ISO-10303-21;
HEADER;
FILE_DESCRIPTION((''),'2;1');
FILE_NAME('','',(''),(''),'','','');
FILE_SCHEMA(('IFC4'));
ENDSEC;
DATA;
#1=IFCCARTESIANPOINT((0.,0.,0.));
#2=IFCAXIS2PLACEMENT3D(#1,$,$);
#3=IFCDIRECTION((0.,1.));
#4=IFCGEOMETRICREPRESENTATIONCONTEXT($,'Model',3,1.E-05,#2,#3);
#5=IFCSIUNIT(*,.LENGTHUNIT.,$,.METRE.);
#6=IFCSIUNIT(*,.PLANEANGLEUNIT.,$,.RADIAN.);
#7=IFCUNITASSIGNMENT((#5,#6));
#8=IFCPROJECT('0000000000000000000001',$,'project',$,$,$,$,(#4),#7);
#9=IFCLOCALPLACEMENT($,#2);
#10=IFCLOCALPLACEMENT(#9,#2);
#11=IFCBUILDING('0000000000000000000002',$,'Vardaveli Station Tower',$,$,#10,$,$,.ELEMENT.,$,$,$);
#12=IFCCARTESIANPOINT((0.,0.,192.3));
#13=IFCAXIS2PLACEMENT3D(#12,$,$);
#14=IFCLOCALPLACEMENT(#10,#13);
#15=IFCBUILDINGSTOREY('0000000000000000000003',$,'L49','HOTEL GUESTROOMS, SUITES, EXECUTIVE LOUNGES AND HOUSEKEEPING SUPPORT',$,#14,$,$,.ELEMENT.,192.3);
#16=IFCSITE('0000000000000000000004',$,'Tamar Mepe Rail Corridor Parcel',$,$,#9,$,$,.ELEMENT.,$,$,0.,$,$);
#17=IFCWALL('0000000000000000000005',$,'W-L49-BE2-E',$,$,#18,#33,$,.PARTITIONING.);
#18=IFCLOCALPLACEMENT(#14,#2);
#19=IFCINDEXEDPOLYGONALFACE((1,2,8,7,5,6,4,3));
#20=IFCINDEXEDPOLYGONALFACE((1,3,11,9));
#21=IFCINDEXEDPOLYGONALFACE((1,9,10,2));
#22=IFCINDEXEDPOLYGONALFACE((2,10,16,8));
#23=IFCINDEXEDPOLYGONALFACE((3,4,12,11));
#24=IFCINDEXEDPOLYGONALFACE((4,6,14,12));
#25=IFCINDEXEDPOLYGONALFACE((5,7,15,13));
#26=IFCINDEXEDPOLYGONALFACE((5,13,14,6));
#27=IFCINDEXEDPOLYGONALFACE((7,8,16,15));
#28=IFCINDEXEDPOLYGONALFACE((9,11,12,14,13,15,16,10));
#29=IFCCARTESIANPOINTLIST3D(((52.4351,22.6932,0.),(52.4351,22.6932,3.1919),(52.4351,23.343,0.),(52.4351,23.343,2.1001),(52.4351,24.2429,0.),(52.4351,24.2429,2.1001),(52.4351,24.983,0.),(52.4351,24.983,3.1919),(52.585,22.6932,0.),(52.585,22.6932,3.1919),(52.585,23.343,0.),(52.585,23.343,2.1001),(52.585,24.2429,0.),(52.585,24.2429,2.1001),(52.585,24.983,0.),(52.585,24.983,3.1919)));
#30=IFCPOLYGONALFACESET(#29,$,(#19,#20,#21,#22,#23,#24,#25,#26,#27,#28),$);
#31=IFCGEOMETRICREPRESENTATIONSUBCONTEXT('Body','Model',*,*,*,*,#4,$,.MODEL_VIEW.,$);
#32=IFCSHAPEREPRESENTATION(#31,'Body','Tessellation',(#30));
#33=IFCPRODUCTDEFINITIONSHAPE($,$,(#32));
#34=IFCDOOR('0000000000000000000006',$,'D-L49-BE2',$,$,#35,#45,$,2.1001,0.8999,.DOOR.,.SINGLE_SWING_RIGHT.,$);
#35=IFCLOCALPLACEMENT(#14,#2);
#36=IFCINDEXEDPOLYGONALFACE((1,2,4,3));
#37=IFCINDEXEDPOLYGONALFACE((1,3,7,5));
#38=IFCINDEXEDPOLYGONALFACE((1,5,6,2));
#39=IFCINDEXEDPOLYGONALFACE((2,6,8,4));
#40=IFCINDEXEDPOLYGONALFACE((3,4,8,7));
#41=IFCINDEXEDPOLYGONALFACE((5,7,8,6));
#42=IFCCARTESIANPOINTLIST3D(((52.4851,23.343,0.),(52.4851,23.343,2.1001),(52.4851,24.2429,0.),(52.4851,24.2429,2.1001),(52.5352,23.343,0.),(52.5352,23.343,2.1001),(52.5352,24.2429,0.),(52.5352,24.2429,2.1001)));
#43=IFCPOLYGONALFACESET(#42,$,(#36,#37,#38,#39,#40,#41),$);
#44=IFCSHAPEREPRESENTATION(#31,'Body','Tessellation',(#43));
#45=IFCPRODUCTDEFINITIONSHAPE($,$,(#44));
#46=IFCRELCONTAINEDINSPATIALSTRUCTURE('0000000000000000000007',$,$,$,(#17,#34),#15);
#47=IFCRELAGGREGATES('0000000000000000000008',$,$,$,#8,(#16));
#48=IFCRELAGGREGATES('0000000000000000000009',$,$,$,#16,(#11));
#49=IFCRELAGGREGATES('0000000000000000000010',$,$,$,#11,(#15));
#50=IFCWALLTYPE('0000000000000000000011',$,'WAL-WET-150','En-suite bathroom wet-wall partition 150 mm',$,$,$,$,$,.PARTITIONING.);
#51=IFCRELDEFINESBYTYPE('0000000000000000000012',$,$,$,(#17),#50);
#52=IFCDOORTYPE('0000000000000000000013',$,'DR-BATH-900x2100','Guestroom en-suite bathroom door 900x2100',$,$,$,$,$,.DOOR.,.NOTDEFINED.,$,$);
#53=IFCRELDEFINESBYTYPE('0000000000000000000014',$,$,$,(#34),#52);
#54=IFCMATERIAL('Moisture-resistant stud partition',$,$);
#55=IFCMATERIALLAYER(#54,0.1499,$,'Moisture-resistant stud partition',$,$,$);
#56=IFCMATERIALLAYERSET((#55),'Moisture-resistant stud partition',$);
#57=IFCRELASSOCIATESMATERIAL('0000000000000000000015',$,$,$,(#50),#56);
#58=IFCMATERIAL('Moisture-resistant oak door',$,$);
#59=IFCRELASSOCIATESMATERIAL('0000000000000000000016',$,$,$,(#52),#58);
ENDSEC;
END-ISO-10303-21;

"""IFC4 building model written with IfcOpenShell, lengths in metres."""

from ifc_helpers import new_model, si_unit, direction, frame, frame_2d, origin, place, context, subcontext, project, spatial, rectangle, extrude, source, transform, mapped, material, layer, layer_set, type_object, element, fill, save


model = new_model("IFC4")

# Units and contexts
model_context = context("Model", 3, precision=1e-05, world=origin(), true_north=direction((0.0, 1.0)))
body_context = subcontext(model_context, "Body", "Model", "MODEL_VIEW")
ifc_project = project(units=[si_unit("LENGTHUNIT", "METRE"), si_unit("PLANEANGLEUNIT", "RADIAN")], contexts=[model_context])

# Site, building, storey
site_placement = place(None, origin())
site = spatial("IfcSite", under=ifc_project, at=site_placement, Name="Tamar Mepe Rail Corridor Parcel", CompositionType="ELEMENT", RefElevation=0.0)
building_placement = place(site_placement, origin())
building = spatial("IfcBuilding", under=site, at=building_placement, Name="Vardaveli Station Tower", CompositionType="ELEMENT")
storey_placement = place(building_placement, frame((0.0, 0.0, 192.3)))
storey = spatial("IfcBuildingStorey", under=building, at=storey_placement, Name="L49", Description="HOTEL GUESTROOMS, SUITES, EXECUTIVE LOUNGES AND HOUSEKEEPING SUPPORT", CompositionType="ELEMENT", Elevation=192.3)

# Shared definitions
ifc_material_1 = material(Name="Moisture-resistant stud partition")
ifc_layer_1 = layer(ifc_material_1, 0.1499, Name="Moisture-resistant stud partition")
ifc_layer_set_1 = layer_set([ifc_layer_1], Name="Moisture-resistant stud partition")
wall_type_1 = type_object("IfcWallType", Name="WAL-WET-150", Description="En-suite bathroom wet-wall partition 150 mm", PredefinedType="PARTITIONING", material=ifc_layer_set_1)

# Wall, opening, door
shared_shape_1 = source(origin(), body_context, "Body", "SweptSolid", [
    extrude(rectangle(XDim=2.2898, YDim=0.1499, at=frame_2d((1.145, 0.0))), origin(), (0.0, 0.0, 1.0), 3.1919),
])
wall_1_placement = place(storey_placement, frame((52.51, 22.6931, 0.0), z_axis=(0.0, 0.0, 1.0), x_axis=(0.0, 1.0, 0.0)))
wall_1 = element("IfcWall", 1, at=wall_1_placement, inside=storey, type_object=wall_type_1, Name="W-L49-BE2-E", PredefinedType="PARTITIONING", context=body_context, shape_type="MappedRepresentation", body=[
    mapped(shared_shape_1, transform((0.0, 0.0, 0.0), scale=1.0)),
])
shared_shape_2 = source(origin(), body_context, "Body", "SweptSolid", [
    extrude(rectangle(XDim=0.8999, YDim=2.1001, at=frame_2d((0.45, 1.05))), frame((0.0, 0.085, 0.0), z_axis=(0.0, -1.0, 0.0), x_axis=(1.0, 0.0, 0.0)), (0.0, 0.0, 1.0), 0.1699),
])
opening_placement = place(wall_1_placement, frame((0.6499, 0.0, 0.0)))
opening = element("IfcOpeningElement", 2, at=opening_placement, cuts=wall_1, PredefinedType="OPENING", context=body_context, shape_type="MappedRepresentation", body=[
    mapped(shared_shape_2, transform((0.0, 0.0, 0.0), scale=1.0)),
])
ifc_material_2 = material(Name="Moisture-resistant oak door")
door_type = type_object("IfcDoorType", Name="DR-BATH-900x2100", Description="Guestroom en-suite bathroom door 900x2100", OperationType="NOTDEFINED", PredefinedType="DOOR", material=ifc_material_2)
shared_shape_3 = source(origin(), body_context, "Body", "SweptSolid", [
    extrude(rectangle(XDim=0.8999, YDim=2.1001, at=frame_2d((0.45, 1.05))), frame((0.0, 0.0249, 0.0), z_axis=(0.0, -1.0, 0.0), x_axis=(1.0, 0.0, 0.0)), (0.0, 0.0, 1.0), 0.05),
])
door_placement = place(opening_placement, origin())
door = element("IfcDoor", 3, at=door_placement, inside=storey, type_object=door_type, Name="D-L49-BE2", OperationType="SINGLE_SWING_RIGHT", OverallHeight=2.1001, OverallWidth=0.8999, PredefinedType="DOOR", context=body_context, shape_type="MappedRepresentation", body=[
    mapped(shared_shape_3, transform((0.0, 0.0, 0.0), scale=1.0)),
])
fill(opening, door)

save(model, "model.ifc")
